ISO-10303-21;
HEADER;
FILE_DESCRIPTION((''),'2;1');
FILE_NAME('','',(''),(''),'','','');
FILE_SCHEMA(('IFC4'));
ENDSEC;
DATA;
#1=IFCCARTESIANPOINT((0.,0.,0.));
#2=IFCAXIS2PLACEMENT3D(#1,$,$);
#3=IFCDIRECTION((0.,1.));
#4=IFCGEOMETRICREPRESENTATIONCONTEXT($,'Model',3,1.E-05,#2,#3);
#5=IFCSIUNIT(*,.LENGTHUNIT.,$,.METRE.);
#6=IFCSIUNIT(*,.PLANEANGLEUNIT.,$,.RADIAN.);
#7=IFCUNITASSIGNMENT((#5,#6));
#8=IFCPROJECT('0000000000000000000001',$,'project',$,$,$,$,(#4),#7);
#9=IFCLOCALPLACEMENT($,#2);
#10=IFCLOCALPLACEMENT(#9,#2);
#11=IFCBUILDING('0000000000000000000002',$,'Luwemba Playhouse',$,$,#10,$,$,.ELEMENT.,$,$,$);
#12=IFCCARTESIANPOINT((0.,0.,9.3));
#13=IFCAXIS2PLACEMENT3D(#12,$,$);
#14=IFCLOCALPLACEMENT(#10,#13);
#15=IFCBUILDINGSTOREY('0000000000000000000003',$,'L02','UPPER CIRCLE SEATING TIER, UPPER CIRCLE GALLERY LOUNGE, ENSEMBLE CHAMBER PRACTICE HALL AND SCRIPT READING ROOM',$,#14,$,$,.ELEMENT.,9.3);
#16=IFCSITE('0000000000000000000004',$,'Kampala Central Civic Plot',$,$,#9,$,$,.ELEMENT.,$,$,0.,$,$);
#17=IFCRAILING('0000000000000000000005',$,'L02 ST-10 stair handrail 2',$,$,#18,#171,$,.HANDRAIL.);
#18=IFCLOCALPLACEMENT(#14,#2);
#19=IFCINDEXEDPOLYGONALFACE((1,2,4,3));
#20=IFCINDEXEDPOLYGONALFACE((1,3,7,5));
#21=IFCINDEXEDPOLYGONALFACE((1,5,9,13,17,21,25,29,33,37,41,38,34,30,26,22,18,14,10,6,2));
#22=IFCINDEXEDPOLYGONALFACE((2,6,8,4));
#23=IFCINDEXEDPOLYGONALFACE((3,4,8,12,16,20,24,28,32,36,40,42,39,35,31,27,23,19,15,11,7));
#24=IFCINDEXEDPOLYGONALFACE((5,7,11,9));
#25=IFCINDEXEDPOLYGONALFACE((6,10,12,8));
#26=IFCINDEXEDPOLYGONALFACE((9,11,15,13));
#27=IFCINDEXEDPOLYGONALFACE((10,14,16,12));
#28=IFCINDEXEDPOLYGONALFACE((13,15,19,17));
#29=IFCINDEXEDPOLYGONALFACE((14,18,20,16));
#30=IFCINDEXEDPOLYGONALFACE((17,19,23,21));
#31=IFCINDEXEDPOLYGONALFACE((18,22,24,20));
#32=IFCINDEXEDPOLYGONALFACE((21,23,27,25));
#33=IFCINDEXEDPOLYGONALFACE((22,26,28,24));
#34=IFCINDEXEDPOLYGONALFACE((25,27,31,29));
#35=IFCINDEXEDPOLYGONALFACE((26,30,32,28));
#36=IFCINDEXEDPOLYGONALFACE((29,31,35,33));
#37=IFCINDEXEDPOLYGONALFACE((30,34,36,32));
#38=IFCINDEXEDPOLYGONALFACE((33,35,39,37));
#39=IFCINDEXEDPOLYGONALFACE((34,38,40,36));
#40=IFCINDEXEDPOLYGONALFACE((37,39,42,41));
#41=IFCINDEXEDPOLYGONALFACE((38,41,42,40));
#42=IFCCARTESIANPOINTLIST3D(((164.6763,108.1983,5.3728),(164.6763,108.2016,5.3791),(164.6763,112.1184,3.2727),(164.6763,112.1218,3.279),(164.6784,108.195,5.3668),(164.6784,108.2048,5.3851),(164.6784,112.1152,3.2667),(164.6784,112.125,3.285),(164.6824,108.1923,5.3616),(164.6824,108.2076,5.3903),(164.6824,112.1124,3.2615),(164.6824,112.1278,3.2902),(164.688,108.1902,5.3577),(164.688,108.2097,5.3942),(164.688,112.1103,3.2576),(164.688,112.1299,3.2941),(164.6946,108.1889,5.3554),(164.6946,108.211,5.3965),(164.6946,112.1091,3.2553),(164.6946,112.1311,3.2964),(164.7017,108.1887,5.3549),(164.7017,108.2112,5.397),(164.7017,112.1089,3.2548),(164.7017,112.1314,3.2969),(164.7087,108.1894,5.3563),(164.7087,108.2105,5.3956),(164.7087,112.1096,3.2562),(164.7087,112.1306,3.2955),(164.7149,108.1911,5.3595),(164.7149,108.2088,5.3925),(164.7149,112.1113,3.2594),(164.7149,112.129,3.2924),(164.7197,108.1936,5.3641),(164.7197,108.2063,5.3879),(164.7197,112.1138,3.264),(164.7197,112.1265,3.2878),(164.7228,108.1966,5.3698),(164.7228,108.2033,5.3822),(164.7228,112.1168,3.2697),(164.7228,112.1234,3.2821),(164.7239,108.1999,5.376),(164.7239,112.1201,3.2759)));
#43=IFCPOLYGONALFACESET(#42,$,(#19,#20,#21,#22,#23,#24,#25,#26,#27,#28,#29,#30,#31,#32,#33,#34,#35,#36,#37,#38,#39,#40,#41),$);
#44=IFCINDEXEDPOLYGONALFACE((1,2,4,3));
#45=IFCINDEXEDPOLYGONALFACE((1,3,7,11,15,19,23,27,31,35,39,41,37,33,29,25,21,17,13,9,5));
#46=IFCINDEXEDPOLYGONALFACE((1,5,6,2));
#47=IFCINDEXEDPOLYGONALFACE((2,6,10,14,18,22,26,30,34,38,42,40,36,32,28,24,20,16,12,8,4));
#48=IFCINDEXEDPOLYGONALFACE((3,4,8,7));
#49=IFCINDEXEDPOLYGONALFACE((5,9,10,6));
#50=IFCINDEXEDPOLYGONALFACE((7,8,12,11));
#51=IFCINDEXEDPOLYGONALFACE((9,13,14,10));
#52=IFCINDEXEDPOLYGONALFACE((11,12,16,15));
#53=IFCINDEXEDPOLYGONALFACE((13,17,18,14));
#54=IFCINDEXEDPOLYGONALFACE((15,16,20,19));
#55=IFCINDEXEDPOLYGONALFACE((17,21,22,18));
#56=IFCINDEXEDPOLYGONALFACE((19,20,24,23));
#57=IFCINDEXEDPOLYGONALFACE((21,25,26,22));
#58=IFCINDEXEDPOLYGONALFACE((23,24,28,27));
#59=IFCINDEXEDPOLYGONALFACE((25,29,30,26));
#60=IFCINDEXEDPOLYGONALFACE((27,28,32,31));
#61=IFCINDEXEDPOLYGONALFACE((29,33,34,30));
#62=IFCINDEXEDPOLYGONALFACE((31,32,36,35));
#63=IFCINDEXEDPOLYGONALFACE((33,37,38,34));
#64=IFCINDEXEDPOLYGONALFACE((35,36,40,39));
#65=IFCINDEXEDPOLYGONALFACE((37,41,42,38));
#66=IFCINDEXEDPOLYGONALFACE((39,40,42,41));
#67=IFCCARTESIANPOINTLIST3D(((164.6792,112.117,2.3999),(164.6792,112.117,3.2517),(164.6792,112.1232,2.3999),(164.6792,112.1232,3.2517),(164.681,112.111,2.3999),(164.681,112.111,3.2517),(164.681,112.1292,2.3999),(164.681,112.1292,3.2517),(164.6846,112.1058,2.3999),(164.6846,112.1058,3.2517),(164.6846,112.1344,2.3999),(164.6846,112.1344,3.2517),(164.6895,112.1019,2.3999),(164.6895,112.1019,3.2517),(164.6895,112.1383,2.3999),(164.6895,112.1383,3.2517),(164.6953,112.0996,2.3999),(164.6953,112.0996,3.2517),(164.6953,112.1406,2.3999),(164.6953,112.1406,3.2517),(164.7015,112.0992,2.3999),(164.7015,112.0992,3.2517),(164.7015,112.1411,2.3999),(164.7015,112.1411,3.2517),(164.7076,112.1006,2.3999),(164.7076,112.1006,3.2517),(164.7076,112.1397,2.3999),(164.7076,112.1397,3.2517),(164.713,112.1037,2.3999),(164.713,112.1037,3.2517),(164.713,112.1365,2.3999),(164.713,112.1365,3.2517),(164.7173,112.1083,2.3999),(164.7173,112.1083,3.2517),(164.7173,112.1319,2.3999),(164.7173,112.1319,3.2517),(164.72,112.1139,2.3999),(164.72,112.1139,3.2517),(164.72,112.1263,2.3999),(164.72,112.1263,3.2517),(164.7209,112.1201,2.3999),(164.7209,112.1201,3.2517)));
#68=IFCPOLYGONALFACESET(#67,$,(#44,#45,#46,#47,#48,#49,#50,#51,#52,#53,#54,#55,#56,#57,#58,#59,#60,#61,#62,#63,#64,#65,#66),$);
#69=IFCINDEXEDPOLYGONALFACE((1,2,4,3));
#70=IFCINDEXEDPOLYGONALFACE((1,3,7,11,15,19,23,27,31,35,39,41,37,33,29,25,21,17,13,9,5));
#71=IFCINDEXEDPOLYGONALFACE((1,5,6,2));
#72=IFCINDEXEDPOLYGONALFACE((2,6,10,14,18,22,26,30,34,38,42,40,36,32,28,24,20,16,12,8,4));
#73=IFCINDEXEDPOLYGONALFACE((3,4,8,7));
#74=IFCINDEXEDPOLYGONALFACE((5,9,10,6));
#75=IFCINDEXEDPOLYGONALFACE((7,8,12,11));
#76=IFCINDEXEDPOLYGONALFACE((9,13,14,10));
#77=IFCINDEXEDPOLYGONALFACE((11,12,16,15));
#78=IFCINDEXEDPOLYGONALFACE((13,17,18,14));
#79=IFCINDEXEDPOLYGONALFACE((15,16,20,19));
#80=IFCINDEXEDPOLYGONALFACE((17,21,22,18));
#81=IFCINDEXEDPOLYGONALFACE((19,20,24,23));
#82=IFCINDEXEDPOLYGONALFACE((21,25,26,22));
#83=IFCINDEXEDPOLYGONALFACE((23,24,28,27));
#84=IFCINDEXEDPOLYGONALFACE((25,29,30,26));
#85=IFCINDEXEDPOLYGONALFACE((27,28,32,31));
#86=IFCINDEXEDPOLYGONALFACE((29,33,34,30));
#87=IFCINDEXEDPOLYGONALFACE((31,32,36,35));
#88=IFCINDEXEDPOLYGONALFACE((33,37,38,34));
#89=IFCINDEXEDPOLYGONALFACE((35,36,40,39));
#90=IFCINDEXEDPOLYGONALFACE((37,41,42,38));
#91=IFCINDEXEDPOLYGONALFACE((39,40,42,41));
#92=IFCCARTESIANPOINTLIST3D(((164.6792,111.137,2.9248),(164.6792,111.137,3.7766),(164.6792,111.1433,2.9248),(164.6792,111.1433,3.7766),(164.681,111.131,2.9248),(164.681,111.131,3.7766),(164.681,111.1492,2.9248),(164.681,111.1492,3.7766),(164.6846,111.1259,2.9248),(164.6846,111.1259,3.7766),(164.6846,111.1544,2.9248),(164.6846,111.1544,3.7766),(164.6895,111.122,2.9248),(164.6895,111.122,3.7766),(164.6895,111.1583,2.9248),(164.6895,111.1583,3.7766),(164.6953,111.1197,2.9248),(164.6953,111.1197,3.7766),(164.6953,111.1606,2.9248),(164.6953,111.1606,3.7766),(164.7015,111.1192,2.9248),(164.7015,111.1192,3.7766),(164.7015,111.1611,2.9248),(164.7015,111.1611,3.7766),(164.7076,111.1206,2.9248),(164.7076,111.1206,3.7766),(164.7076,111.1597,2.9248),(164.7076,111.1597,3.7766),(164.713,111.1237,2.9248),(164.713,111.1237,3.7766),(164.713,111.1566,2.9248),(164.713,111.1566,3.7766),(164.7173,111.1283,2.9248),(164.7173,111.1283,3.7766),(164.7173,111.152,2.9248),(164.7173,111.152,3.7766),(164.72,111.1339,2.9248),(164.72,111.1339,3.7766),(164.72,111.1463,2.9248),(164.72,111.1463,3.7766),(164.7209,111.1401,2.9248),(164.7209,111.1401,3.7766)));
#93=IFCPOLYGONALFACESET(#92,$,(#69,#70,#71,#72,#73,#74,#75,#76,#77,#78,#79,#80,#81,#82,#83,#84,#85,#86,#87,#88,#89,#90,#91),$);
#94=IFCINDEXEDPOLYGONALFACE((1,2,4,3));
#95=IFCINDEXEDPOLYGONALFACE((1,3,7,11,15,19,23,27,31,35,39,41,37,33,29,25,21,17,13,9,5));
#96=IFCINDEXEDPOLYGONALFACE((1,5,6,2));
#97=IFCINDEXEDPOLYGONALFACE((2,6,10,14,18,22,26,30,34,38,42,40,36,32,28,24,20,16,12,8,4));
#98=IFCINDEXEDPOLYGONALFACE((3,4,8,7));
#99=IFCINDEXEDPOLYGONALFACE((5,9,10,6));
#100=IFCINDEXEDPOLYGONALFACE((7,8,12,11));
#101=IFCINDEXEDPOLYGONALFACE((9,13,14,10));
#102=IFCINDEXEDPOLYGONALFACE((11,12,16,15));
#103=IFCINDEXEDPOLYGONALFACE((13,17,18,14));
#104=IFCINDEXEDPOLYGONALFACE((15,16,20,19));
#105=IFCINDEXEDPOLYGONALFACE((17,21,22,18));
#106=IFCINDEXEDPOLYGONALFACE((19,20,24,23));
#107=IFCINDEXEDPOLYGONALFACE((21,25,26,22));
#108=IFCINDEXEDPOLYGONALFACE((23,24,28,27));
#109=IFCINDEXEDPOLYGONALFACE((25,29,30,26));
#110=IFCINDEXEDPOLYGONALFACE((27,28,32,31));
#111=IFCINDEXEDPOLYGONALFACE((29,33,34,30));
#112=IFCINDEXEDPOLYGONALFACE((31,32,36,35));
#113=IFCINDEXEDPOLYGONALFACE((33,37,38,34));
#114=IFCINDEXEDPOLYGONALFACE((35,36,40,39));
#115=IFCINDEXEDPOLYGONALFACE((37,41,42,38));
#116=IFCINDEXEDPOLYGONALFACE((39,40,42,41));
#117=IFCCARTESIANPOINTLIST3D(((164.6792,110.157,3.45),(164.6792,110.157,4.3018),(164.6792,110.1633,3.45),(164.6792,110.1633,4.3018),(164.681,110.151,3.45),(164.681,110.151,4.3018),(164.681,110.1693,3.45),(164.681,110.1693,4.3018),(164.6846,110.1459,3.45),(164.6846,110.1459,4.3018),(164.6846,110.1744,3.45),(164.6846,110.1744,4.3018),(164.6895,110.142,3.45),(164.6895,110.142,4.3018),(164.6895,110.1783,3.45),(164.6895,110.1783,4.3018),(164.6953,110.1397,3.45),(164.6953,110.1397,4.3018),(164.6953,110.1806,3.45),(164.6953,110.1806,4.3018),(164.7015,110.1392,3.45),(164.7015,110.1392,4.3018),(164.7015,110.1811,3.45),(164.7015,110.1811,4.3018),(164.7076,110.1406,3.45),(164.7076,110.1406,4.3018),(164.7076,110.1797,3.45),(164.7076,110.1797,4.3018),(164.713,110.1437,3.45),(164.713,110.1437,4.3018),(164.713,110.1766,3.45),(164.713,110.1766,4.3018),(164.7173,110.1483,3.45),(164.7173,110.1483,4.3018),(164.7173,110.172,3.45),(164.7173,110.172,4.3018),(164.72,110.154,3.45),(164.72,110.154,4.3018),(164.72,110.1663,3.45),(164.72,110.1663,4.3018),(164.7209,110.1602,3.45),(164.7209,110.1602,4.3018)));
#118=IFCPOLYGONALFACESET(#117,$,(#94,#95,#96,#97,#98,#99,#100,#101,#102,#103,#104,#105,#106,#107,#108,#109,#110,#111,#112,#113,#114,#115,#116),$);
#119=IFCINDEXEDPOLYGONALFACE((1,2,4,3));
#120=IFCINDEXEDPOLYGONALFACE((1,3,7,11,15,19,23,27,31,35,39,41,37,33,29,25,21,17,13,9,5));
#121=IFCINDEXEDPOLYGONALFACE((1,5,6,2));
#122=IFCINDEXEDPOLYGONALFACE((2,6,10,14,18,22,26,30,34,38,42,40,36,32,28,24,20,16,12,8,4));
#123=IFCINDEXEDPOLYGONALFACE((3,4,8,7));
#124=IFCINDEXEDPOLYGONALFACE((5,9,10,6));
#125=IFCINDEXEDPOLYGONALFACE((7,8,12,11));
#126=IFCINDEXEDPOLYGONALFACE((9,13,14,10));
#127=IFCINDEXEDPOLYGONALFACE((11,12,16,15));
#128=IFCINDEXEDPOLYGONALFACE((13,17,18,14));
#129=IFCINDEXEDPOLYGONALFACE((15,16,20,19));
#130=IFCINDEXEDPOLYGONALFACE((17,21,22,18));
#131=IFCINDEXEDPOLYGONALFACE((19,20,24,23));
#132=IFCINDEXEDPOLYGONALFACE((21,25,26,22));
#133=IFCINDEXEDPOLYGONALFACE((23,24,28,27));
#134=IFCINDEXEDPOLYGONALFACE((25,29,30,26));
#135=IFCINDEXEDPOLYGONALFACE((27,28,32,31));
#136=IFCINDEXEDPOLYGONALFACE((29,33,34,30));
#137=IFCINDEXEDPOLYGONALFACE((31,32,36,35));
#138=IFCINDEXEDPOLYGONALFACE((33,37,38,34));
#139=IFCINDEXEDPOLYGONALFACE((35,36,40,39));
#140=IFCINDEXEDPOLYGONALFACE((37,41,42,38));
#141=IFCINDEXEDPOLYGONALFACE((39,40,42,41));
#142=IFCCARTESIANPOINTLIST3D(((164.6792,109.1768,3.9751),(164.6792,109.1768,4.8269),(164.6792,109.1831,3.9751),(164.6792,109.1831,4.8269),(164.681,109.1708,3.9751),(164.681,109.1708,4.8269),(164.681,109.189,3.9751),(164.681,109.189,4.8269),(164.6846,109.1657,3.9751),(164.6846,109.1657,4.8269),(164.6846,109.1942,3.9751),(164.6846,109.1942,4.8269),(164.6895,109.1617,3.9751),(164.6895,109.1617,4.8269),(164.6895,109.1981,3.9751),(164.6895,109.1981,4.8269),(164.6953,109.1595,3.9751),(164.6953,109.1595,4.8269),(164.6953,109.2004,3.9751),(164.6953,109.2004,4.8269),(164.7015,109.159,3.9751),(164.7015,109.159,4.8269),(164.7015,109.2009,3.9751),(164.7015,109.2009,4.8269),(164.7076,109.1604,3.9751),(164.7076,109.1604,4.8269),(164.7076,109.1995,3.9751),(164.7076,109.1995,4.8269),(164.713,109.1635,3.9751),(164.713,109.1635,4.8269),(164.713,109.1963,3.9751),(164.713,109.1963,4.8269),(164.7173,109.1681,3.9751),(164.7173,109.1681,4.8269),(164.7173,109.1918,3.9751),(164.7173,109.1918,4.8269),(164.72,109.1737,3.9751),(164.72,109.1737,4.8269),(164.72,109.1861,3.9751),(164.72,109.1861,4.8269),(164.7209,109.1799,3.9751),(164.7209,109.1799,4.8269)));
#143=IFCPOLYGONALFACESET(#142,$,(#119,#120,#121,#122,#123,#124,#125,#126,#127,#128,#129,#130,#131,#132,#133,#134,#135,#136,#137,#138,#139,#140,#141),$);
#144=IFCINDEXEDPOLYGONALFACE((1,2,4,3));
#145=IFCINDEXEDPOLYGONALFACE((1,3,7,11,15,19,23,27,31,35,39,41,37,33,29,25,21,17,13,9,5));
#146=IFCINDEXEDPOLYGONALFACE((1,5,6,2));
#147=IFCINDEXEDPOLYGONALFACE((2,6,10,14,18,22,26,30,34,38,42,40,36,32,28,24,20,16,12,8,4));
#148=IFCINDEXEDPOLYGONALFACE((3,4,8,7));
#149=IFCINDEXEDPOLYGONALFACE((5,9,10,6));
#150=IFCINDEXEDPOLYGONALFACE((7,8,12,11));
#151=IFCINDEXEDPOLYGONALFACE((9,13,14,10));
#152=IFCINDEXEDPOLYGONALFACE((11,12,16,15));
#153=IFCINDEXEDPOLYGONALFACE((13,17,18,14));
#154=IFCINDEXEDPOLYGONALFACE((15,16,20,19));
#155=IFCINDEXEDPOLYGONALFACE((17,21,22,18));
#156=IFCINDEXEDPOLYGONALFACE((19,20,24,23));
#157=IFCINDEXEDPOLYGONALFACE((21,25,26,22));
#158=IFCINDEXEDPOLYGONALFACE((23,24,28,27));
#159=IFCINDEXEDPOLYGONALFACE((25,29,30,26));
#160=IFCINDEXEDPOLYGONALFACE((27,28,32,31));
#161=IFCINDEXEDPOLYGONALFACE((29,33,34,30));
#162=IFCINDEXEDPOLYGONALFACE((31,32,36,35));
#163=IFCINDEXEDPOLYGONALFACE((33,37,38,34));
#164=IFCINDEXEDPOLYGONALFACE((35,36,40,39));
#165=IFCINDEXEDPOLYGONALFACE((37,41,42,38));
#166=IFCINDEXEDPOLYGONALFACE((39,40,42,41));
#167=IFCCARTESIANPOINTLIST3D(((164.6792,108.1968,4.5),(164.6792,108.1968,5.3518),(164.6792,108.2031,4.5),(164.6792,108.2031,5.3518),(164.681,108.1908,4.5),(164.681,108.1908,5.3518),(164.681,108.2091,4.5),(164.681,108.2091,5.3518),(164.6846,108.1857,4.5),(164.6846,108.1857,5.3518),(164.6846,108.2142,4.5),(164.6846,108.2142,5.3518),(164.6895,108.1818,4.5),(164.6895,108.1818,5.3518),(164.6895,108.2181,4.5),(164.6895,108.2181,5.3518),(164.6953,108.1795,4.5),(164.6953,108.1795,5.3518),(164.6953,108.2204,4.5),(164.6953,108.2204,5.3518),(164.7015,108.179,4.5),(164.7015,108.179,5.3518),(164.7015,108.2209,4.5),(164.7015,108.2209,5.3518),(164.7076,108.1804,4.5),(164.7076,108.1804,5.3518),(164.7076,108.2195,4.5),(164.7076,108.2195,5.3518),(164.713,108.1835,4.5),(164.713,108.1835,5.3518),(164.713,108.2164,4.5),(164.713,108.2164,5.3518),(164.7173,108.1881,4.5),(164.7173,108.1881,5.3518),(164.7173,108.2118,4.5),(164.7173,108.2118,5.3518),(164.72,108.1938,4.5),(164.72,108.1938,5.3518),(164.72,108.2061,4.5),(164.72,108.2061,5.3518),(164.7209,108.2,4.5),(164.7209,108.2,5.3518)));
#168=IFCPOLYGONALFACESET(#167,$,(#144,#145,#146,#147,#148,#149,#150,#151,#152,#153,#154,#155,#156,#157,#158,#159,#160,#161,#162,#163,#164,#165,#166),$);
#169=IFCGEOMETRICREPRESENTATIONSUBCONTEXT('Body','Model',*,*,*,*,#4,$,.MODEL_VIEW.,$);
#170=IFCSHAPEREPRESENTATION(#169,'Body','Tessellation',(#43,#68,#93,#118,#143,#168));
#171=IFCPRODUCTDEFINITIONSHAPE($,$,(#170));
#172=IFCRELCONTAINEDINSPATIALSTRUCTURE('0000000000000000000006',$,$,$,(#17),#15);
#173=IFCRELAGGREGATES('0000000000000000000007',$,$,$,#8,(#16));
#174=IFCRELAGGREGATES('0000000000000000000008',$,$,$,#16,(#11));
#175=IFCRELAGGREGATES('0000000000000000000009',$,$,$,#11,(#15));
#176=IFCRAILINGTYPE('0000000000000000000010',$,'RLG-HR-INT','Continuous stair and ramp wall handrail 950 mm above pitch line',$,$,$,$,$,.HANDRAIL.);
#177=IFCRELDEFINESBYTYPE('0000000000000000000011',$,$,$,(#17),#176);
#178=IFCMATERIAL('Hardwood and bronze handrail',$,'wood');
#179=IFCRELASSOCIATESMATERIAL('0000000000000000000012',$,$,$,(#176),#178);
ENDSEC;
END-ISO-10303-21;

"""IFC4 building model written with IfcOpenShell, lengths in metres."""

from ifc_helpers import new_model, si_unit, direction, frame, origin, origin_2d, place, context, subcontext, project, spatial, circle, extrude, material, type_object, element, save


model = new_model("IFC4")

# Units and contexts
model_context = context("Model", 3, precision=1e-05, world=origin(), true_north=direction((0.0, 1.0)))
body_context = subcontext(model_context, "Body", "Model", "MODEL_VIEW")
ifc_project = project(units=[si_unit("LENGTHUNIT", "METRE"), si_unit("PLANEANGLEUNIT", "RADIAN")], contexts=[model_context])

# Site, building, storey
site_placement = place(None, origin())
site = spatial("IfcSite", under=ifc_project, at=site_placement, Name="Kampala Central Civic Plot", CompositionType="ELEMENT", RefElevation=0.0)
building_placement = place(site_placement, origin())
building = spatial("IfcBuilding", under=site, at=building_placement, Name="Luwemba Playhouse", CompositionType="ELEMENT")
storey_placement = place(building_placement, frame((0.0, 0.0, 9.3)))
storey = spatial("IfcBuildingStorey", under=building, at=storey_placement, Name="L02", Description="UPPER CIRCLE SEATING TIER, UPPER CIRCLE GALLERY LOUNGE, ENSEMBLE CHAMBER PRACTICE HALL AND SCRIPT READING ROOM", CompositionType="ELEMENT", Elevation=9.3)

# Railing
ifc_material_1 = material(Name="Hardwood and bronze handrail", Category="wood")
railing_type_1 = type_object("IfcRailingType", Name="RLG-HR-INT", Description="Continuous stair and ramp wall handrail 950 mm above pitch line", PredefinedType="HANDRAIL", material=ifc_material_1)
railing_1_placement = place(storey_placement, frame((164.7, 112.1201, 2.3999)))
element("IfcRailing", 1, at=railing_1_placement, inside=storey, type_object=railing_type_1, Name="L02 ST-10 stair handrail 2", PredefinedType="HANDRAIL", context=body_context, shape_type="SweptSolid", body=[
    extrude(circle(Radius=0.0239, at=origin_2d()), frame((0.0, 0.0, 0.876), z_axis=(0.0, -0.881479, 0.472223), x_axis=(1.0, 0.0, 0.0)), (0.0, 0.0, 1.0), 4.4473),
    extrude(circle(Radius=0.021, at=origin_2d()), origin(), (0.0, 0.0, 1.0), 0.8518),
    extrude(circle(Radius=0.021, at=origin_2d()), frame((0.0, -0.98, 0.5249)), (0.0, 0.0, 1.0), 0.8518),
    extrude(circle(Radius=0.021, at=origin_2d()), frame((0.0, -1.96, 1.05)), (0.0, 0.0, 1.0), 0.8518),
    extrude(circle(Radius=0.021, at=origin_2d()), frame((0.0, -2.9402, 1.5752)), (0.0, 0.0, 1.0), 0.8518),
    extrude(circle(Radius=0.021, at=origin_2d()), frame((0.0, -3.9202, 2.1001)), (0.0, 0.0, 1.0), 0.8518),
])

save(model, "model.ifc")
